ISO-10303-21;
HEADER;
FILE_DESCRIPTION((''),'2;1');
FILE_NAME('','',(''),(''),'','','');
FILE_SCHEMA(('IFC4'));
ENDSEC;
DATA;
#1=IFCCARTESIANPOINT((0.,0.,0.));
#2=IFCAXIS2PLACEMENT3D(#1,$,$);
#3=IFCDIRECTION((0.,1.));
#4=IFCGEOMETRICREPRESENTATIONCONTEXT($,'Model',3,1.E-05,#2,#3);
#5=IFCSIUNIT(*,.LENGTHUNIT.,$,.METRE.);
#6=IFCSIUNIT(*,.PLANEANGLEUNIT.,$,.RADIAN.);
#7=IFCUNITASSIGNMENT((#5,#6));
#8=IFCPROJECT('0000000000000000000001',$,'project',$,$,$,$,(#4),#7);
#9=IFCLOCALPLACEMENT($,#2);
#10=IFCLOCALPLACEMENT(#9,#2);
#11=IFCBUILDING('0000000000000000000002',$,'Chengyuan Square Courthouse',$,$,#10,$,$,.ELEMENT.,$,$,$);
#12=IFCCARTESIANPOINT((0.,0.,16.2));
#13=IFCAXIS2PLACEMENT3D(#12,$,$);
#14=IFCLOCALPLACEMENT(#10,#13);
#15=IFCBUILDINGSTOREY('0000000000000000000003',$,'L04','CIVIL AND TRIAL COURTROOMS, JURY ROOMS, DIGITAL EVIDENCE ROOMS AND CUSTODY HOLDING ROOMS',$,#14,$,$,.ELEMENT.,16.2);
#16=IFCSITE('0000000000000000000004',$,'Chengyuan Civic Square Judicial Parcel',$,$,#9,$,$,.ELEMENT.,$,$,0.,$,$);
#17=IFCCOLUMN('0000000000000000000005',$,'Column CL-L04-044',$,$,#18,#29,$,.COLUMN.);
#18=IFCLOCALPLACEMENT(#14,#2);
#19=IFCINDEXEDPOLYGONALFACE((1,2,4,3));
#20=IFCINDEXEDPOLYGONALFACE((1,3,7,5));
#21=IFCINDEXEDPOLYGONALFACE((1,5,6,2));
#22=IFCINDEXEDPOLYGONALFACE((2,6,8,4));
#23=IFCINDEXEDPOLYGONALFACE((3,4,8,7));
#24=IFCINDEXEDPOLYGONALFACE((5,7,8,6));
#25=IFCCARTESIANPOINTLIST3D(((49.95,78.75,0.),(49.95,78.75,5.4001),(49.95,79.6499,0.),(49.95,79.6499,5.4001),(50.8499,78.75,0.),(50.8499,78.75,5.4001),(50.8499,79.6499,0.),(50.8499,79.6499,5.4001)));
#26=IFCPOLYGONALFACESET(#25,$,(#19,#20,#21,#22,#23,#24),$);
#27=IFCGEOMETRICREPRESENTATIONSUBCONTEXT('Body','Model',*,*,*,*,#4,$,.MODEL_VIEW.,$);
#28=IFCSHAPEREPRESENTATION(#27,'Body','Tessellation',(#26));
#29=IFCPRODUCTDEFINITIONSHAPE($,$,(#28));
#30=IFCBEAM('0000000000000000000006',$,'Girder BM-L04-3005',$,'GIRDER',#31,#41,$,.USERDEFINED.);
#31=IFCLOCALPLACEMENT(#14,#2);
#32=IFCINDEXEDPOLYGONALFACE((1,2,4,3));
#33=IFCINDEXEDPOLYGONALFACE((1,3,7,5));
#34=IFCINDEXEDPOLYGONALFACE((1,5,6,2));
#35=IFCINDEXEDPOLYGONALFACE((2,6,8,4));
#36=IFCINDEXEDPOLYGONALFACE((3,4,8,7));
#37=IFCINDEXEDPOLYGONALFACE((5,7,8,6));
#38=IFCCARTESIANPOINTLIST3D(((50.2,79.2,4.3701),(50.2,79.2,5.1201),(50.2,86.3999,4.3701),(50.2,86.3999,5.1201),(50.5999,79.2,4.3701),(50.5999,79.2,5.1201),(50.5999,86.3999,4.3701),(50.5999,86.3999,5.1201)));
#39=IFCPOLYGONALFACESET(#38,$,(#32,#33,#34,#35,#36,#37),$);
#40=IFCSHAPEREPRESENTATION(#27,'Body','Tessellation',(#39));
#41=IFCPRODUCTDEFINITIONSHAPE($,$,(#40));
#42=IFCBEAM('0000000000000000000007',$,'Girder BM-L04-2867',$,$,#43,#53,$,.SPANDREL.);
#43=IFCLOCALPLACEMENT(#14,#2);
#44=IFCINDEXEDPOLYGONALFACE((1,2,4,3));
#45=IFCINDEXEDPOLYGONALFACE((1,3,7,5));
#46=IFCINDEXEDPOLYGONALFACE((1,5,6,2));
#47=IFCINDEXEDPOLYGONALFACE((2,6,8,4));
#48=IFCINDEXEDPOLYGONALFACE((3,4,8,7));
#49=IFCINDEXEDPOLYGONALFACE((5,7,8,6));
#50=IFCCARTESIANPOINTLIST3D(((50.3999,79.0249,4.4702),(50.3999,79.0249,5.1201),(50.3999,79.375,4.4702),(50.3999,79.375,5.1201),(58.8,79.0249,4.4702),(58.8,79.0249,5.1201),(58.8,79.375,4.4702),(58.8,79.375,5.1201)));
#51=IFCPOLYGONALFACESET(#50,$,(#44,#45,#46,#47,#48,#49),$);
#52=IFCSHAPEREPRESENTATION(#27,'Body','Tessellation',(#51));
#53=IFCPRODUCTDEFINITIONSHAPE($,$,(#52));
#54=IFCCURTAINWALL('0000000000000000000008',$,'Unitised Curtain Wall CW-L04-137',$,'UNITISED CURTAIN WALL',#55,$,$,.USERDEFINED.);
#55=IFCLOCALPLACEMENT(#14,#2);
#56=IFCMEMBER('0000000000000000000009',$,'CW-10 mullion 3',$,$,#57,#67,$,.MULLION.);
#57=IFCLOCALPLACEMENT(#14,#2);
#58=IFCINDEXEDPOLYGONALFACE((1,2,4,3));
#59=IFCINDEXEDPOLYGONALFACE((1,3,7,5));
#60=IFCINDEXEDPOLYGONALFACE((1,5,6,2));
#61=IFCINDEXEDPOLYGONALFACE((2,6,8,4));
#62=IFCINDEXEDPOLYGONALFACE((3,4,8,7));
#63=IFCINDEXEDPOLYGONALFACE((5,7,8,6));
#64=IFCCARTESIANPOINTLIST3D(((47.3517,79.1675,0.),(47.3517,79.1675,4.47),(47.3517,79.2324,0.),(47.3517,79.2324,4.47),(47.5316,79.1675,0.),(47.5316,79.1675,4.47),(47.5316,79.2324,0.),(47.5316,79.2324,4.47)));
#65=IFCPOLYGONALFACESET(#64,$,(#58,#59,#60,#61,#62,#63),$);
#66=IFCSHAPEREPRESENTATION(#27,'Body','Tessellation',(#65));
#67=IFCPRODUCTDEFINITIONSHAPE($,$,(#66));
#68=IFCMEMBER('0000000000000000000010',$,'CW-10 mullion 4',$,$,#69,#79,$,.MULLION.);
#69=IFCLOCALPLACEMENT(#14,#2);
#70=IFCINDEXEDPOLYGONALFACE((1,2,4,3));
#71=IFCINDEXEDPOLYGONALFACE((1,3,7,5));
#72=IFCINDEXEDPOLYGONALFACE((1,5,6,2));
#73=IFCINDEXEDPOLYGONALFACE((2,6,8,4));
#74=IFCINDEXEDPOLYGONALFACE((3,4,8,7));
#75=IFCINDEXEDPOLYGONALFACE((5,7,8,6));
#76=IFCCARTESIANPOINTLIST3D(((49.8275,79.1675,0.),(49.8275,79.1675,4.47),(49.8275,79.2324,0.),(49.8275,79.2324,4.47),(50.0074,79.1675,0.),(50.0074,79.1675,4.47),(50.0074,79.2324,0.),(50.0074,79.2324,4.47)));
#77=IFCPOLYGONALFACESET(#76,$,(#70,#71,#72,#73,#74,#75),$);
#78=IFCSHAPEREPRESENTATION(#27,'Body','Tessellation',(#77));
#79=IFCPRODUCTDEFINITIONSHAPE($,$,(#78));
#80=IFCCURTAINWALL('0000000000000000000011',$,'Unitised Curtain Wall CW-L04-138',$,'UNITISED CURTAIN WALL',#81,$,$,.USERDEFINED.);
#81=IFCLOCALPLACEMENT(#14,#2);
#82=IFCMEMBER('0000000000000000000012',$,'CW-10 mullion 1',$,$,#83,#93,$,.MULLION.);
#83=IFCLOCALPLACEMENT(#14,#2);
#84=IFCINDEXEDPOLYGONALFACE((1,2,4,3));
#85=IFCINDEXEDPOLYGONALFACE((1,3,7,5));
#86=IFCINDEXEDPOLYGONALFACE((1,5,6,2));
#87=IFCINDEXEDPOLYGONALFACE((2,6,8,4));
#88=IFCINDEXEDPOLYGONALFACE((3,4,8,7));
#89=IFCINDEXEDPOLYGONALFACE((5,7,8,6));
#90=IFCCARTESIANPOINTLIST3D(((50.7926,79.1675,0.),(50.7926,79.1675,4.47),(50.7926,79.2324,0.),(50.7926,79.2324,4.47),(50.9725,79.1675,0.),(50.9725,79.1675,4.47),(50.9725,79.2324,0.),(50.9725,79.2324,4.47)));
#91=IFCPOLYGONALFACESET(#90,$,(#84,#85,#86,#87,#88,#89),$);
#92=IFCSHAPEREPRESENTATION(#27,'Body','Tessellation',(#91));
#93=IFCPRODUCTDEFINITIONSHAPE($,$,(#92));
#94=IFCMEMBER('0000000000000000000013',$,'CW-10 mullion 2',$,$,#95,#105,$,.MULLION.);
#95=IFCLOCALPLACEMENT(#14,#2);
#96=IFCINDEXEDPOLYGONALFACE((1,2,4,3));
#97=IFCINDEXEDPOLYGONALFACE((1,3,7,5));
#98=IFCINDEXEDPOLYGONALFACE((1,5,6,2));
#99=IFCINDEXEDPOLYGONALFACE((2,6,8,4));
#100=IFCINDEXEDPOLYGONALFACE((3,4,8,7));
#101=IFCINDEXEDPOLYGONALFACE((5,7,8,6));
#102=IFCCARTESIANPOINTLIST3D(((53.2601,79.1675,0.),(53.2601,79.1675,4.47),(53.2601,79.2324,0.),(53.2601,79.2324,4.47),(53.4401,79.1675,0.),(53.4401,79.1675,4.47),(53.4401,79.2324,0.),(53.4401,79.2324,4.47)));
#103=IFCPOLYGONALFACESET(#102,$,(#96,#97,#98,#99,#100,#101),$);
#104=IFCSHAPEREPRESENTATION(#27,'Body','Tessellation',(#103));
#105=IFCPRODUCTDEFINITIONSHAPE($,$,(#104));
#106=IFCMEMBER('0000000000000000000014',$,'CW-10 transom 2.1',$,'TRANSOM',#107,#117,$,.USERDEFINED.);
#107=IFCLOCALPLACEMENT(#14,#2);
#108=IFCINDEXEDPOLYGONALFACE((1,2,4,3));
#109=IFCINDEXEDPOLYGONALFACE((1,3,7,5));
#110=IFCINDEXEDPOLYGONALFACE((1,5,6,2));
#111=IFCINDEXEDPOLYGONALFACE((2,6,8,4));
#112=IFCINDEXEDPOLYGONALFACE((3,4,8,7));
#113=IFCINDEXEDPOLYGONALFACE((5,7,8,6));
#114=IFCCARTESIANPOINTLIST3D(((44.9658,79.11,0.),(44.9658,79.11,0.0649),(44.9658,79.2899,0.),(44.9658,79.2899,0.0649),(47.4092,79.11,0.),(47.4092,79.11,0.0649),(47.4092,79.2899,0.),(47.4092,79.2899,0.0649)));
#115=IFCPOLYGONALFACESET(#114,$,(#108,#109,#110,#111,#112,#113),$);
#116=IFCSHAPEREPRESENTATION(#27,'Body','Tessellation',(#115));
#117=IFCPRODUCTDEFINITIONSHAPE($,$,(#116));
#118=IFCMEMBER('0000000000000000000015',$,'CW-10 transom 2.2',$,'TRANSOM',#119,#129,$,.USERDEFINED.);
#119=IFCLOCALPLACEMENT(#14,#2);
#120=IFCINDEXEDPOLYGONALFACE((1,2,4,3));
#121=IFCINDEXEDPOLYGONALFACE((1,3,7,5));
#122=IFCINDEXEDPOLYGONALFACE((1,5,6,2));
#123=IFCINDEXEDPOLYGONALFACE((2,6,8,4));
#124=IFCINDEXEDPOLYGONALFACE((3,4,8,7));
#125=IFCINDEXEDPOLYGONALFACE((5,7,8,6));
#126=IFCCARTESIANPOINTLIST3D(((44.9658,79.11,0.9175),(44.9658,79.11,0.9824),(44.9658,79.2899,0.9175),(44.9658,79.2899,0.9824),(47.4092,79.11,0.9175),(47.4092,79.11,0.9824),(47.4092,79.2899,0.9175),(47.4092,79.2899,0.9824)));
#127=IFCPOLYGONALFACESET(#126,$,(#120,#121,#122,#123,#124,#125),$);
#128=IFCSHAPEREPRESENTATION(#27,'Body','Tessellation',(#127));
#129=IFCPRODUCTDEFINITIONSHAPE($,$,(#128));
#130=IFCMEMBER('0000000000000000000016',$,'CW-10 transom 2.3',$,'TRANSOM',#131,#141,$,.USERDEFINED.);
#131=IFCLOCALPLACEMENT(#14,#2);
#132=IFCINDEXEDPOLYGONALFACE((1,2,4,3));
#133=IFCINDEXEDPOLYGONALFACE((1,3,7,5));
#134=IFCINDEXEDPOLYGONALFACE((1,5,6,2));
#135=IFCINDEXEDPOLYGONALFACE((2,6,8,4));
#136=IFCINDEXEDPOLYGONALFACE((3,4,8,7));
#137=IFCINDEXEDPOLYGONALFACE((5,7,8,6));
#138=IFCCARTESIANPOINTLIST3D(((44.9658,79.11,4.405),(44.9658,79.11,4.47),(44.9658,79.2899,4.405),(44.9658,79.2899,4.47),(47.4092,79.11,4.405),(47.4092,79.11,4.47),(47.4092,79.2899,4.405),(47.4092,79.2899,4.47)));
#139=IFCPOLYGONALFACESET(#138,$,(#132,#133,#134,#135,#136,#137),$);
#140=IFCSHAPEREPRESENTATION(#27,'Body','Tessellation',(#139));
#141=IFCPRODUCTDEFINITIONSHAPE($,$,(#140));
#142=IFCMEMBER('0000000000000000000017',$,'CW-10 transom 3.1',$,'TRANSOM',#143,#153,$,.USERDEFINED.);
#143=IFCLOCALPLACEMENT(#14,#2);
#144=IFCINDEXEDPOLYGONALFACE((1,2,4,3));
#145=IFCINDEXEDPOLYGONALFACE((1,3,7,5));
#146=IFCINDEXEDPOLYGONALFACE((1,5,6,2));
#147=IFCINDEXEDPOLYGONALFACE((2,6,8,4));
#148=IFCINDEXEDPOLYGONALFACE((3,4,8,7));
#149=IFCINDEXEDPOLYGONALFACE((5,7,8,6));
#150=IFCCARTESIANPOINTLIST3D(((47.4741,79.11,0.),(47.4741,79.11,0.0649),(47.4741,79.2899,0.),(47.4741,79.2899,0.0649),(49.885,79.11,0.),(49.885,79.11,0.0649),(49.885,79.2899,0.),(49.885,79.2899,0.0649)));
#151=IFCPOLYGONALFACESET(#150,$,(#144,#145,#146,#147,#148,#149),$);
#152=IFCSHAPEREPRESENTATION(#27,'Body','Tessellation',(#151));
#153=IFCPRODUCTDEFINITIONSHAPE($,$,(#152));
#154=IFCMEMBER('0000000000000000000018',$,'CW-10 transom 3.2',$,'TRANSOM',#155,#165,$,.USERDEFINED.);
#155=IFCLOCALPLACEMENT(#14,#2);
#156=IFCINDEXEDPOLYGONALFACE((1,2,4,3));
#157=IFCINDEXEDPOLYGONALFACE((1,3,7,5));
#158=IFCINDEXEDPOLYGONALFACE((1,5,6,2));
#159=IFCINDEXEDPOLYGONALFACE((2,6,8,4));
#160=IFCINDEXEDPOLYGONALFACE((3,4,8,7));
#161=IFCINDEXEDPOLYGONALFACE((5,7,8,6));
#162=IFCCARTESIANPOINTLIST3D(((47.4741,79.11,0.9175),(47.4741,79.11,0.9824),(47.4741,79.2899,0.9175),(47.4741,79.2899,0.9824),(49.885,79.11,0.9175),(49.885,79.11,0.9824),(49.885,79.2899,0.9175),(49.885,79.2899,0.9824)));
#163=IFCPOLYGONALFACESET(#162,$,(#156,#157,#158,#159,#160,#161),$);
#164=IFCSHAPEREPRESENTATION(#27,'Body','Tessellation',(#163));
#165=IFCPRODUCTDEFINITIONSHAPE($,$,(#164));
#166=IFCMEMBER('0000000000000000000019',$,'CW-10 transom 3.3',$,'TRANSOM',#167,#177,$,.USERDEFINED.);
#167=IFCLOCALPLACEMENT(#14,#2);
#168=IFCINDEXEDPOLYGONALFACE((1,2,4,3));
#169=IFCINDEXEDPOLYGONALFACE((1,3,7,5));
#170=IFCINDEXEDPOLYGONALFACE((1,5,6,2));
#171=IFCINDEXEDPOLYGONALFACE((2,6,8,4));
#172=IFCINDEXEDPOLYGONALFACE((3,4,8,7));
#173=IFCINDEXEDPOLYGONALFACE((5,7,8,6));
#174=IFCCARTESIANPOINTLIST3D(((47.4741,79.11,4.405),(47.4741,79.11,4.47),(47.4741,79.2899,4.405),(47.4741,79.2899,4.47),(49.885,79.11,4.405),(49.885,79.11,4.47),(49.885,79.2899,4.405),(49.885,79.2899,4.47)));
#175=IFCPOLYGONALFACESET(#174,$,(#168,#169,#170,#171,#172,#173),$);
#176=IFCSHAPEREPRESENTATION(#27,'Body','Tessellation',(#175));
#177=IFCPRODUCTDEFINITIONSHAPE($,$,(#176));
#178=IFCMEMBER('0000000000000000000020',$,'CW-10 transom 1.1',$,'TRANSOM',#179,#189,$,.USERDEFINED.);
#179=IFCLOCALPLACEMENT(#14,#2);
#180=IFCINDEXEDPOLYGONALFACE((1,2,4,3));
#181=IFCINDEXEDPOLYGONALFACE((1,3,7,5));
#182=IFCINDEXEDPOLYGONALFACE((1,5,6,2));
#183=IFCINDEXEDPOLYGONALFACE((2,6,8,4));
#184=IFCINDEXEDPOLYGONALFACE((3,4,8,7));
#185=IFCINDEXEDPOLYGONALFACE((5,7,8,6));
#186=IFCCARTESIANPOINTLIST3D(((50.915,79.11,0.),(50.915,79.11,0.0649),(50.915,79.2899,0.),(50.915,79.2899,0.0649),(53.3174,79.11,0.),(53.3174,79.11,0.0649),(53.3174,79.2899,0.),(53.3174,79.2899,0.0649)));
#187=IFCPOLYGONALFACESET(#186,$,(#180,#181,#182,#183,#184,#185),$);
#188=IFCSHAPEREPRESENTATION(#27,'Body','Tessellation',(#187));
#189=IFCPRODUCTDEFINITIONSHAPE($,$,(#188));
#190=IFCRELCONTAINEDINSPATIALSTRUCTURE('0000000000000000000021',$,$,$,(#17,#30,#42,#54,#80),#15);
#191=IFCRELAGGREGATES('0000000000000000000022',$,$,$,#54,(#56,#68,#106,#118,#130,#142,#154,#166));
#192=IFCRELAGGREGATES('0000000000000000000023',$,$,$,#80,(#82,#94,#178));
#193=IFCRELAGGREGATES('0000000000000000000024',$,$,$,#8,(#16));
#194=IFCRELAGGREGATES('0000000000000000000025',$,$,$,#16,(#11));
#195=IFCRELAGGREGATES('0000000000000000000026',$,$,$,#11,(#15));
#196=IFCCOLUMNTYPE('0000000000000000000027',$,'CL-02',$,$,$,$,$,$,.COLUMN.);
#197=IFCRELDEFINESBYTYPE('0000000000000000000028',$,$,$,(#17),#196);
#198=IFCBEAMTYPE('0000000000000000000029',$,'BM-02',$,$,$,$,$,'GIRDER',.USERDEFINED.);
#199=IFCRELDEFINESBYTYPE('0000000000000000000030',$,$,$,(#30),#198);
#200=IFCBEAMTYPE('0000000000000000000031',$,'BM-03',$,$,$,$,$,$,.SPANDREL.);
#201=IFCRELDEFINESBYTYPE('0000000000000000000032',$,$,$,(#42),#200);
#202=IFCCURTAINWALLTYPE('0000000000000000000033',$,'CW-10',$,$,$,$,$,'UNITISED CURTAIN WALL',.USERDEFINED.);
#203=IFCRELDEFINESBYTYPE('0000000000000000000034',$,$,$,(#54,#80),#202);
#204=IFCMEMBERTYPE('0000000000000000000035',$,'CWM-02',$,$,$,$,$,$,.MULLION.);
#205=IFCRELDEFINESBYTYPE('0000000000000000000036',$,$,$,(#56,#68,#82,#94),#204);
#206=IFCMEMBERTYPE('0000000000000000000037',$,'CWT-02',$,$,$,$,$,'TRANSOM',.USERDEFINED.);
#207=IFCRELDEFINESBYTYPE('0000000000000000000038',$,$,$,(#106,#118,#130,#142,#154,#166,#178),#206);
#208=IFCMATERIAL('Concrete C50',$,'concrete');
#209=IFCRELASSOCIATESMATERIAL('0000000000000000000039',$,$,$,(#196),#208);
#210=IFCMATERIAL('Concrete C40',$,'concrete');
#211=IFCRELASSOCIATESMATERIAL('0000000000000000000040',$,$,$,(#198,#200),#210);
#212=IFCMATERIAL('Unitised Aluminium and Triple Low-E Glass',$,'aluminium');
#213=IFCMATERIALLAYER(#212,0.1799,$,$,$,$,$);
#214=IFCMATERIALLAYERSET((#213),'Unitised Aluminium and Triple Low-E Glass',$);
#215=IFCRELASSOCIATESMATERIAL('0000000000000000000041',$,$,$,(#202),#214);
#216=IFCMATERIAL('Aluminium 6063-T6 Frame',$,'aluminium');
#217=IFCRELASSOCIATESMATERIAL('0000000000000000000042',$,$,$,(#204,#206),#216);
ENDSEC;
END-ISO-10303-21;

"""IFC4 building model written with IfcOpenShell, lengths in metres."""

from ifc_helpers import new_model, si_unit, direction, frame, origin, origin_2d, place, context, subcontext, project, spatial, rectangle, extrude, material, layer, layer_set, material_profile, profile_set, type_object, element, aggregate, save


model = new_model("IFC4")

# Units and contexts
model_context = context("Model", 3, precision=1e-05, world=origin(), true_north=direction((0.0, 1.0)))
body_context = subcontext(model_context, "Body", "Model", "MODEL_VIEW")
ifc_project = project(units=[si_unit("LENGTHUNIT", "METRE"), si_unit("PLANEANGLEUNIT", "RADIAN")], contexts=[model_context])

# Site, building, storey
site_placement = place(None, origin())
site = spatial("IfcSite", under=ifc_project, at=site_placement, Name="Chengyuan Civic Square Judicial Parcel", CompositionType="ELEMENT", RefElevation=0.0)
building_placement = place(site_placement, origin())
building = spatial("IfcBuilding", under=site, at=building_placement, Name="Chengyuan Square Courthouse", CompositionType="ELEMENT")
storey_placement = place(building_placement, frame((0.0, 0.0, 16.2)))
storey = spatial("IfcBuildingStorey", under=building, at=storey_placement, Name="L04", Description="CIVIL AND TRIAL COURTROOMS, JURY ROOMS, DIGITAL EVIDENCE ROOMS AND CUSTODY HOLDING ROOMS", CompositionType="ELEMENT", Elevation=16.2)

# Column
ifc_material_1 = material(Name="Concrete C50", Category="concrete")
ifc_material_profile_1 = material_profile(ifc_material_1, rectangle(XDim=0.8999, YDim=0.8999, at=origin_2d()), Name="RC-COL-900x900")
ifc_profile_set_1 = profile_set([ifc_material_profile_1], Name="Concrete C50")
column_type = type_object("IfcColumnType", Name="CL-02", PredefinedType="COLUMN", material=ifc_profile_set_1)
column_placement = place(storey_placement, frame((50.3999, 79.2, 0.0), z_axis=(0.0, 0.0, 1.0), x_axis=(1.0, 0.0, 0.0)))
element("IfcColumn", 1, at=column_placement, inside=storey, type_object=column_type, Name="Column CL-L04-044", PredefinedType="COLUMN", context=body_context, shape_type="SweptSolid", body=[
    extrude(rectangle(XDim=0.8999, YDim=0.8999, at=origin_2d()), origin(), (0.0, 0.0, 1.0), 5.4001),
])

# Beams
ifc_material_2 = material(Name="Concrete C40", Category="concrete")
ifc_material_profile_2 = material_profile(ifc_material_2, rectangle(XDim=0.3999, YDim=0.75, at=origin_2d()), Name="RC-BM-400x750")
ifc_profile_set_2 = profile_set([ifc_material_profile_2], Name="Concrete C40")
beam_type_1 = type_object("IfcBeamType", Name="BM-02", ElementType="GIRDER", PredefinedType="USERDEFINED", material=ifc_profile_set_2)
beam_1_placement = place(storey_placement, frame((50.3999, 79.2, 4.7451), z_axis=(0.0, 1.0, 0.0), x_axis=(-1.0, 0.0, 0.0)))
element("IfcBeam", 2, at=beam_1_placement, inside=storey, type_object=beam_type_1, Name="Girder BM-L04-3005", ObjectType="GIRDER", PredefinedType="USERDEFINED", context=body_context, shape_type="SweptSolid", body=[
    extrude(rectangle(XDim=0.3999, YDim=0.75, at=origin_2d()), origin(), (0.0, 0.0, 1.0), 7.2),
])
ifc_material_profile_3 = material_profile(ifc_material_2, rectangle(XDim=0.3501, YDim=0.6499, at=origin_2d()), Name="RC-BM-350x650")
ifc_profile_set_3 = profile_set([ifc_material_profile_3], Name="Concrete C40")
beam_type_2 = type_object("IfcBeamType", Name="BM-03", PredefinedType="SPANDREL", material=ifc_profile_set_3)
beam_2_placement = place(storey_placement, frame((50.3999, 79.2, 4.7952), z_axis=(1.0, 0.0, 0.0), x_axis=(0.0, 1.0, 0.0)))
element("IfcBeam", 3, at=beam_2_placement, inside=storey, type_object=beam_type_2, Name="Girder BM-L04-2867", PredefinedType="SPANDREL", context=body_context, shape_type="SweptSolid", body=[
    extrude(rectangle(XDim=0.3501, YDim=0.6499, at=origin_2d()), origin(), (0.0, 0.0, 1.0), 8.4001),
])

# Curtain walls, members
ifc_material_3 = material(Name="Unitised Aluminium and Triple Low-E Glass", Category="aluminium")
ifc_layer_1 = layer(ifc_material_3, 0.1799)
ifc_layer_set_1 = layer_set([ifc_layer_1], Name="Unitised Aluminium and Triple Low-E Glass")
curtain_wall_type = type_object("IfcCurtainWallType", Name="CW-10", ElementType="UNITISED CURTAIN WALL", PredefinedType="USERDEFINED", material=ifc_layer_set_1)
curtain_wall_1_placement = place(storey_placement, origin())
curtain_wall_1 = element("IfcCurtainWall", 4, at=curtain_wall_1_placement, inside=storey, type_object=curtain_wall_type, Name="Unitised Curtain Wall CW-L04-137", ObjectType="UNITISED CURTAIN WALL", PredefinedType="USERDEFINED")
ifc_material_4 = material(Name="Aluminium 6063-T6 Frame", Category="aluminium")
ifc_material_profile_4 = material_profile(ifc_material_4, rectangle(XDim=0.0649, YDim=0.1799, at=origin_2d()), Name="CW-MUL-65x180")
ifc_profile_set_4 = profile_set([ifc_material_profile_4], Name="Aluminium 6063-T6 Frame")
member_type_1 = type_object("IfcMemberType", Name="CWM-02", PredefinedType="MULLION", material=ifc_profile_set_4)
member_1_placement = place(storey_placement, frame((47.4417, 79.2, 0.0), z_axis=(0.0, 0.0, 1.0), x_axis=(0.0, 1.0, 0.0)))
member_1 = element("IfcMember", 5, at=member_1_placement, type_object=member_type_1, Name="CW-10 mullion 3", PredefinedType="MULLION", context=body_context, shape_type="SweptSolid", body=[
    extrude(rectangle(XDim=0.0649, YDim=0.1799, at=origin_2d()), origin(), (0.0, 0.0, 1.0), 4.47),
])
member_2_placement = place(storey_placement, frame((49.9175, 79.2, 0.0), z_axis=(0.0, 0.0, 1.0), x_axis=(0.0, 1.0, 0.0)))
member_2 = element("IfcMember", 6, at=member_2_placement, type_object=member_type_1, Name="CW-10 mullion 4", PredefinedType="MULLION", context=body_context, shape_type="SweptSolid", body=[
    extrude(rectangle(XDim=0.0649, YDim=0.1799, at=origin_2d()), origin(), (0.0, 0.0, 1.0), 4.47),
])
curtain_wall_2_placement = place(storey_placement, origin())
curtain_wall_2 = element("IfcCurtainWall", 7, at=curtain_wall_2_placement, inside=storey, type_object=curtain_wall_type, Name="Unitised Curtain Wall CW-L04-138", ObjectType="UNITISED CURTAIN WALL", PredefinedType="USERDEFINED")
member_3_placement = place(storey_placement, frame((50.8826, 79.2, 0.0), z_axis=(0.0, 0.0, 1.0), x_axis=(0.0, 1.0, 0.0)))
member_3 = element("IfcMember", 8, at=member_3_placement, type_object=member_type_1, Name="CW-10 mullion 1", PredefinedType="MULLION", context=body_context, shape_type="SweptSolid", body=[
    extrude(rectangle(XDim=0.0649, YDim=0.1799, at=origin_2d()), origin(), (0.0, 0.0, 1.0), 4.47),
])
member_4_placement = place(storey_placement, frame((53.3501, 79.2, 0.0), z_axis=(0.0, 0.0, 1.0), x_axis=(0.0, 1.0, 0.0)))
member_4 = element("IfcMember", 9, at=member_4_placement, type_object=member_type_1, Name="CW-10 mullion 2", PredefinedType="MULLION", context=body_context, shape_type="SweptSolid", body=[
    extrude(rectangle(XDim=0.0649, YDim=0.1799, at=origin_2d()), origin(), (0.0, 0.0, 1.0), 4.47),
])

# Members
ifc_material_profile_5 = material_profile(ifc_material_4, rectangle(XDim=0.1799, YDim=0.0649, at=origin_2d()), Name="CW-TRN-65x140")
ifc_profile_set_5 = profile_set([ifc_material_profile_5], Name="Aluminium 6063-T6 Frame")
member_type_2 = type_object("IfcMemberType", Name="CWT-02", ElementType="TRANSOM", PredefinedType="USERDEFINED", material=ifc_profile_set_5)
member_5_placement = place(storey_placement, frame((44.9658, 79.2, 0.0325), z_axis=(1.0, 0.0, 0.0), x_axis=(0.0, 1.0, 0.0)))
member_5 = element("IfcMember", 10, at=member_5_placement, type_object=member_type_2, Name="CW-10 transom 2.1", ObjectType="TRANSOM", PredefinedType="USERDEFINED", context=body_context, shape_type="SweptSolid", body=[
    extrude(rectangle(XDim=0.1799, YDim=0.0649, at=origin_2d()), origin(), (0.0, 0.0, 1.0), 2.4434),
])
member_6_placement = place(storey_placement, frame((44.9658, 79.2, 0.95), z_axis=(1.0, 0.0, 0.0), x_axis=(0.0, 1.0, 0.0)))
member_6 = element("IfcMember", 11, at=member_6_placement, type_object=member_type_2, Name="CW-10 transom 2.2", ObjectType="TRANSOM", PredefinedType="USERDEFINED", context=body_context, shape_type="SweptSolid", body=[
    extrude(rectangle(XDim=0.1799, YDim=0.0649, at=origin_2d()), origin(), (0.0, 0.0, 1.0), 2.4434),
])
member_7_placement = place(storey_placement, frame((44.9658, 79.2, 4.4375), z_axis=(1.0, 0.0, 0.0), x_axis=(0.0, 1.0, 0.0)))
member_7 = element("IfcMember", 12, at=member_7_placement, type_object=member_type_2, Name="CW-10 transom 2.3", ObjectType="TRANSOM", PredefinedType="USERDEFINED", context=body_context, shape_type="SweptSolid", body=[
    extrude(rectangle(XDim=0.1799, YDim=0.0649, at=origin_2d()), origin(), (0.0, 0.0, 1.0), 2.4434),
])
member_8_placement = place(storey_placement, frame((47.4741, 79.2, 0.0325), z_axis=(1.0, 0.0, 0.0), x_axis=(0.0, 1.0, 0.0)))
member_8 = element("IfcMember", 13, at=member_8_placement, type_object=member_type_2, Name="CW-10 transom 3.1", ObjectType="TRANSOM", PredefinedType="USERDEFINED", context=body_context, shape_type="SweptSolid", body=[
    extrude(rectangle(XDim=0.1799, YDim=0.0649, at=origin_2d()), origin(), (0.0, 0.0, 1.0), 2.4109),
])
member_9_placement = place(storey_placement, frame((47.4741, 79.2, 0.95), z_axis=(1.0, 0.0, 0.0), x_axis=(0.0, 1.0, 0.0)))
member_9 = element("IfcMember", 14, at=member_9_placement, type_object=member_type_2, Name="CW-10 transom 3.2", ObjectType="TRANSOM", PredefinedType="USERDEFINED", context=body_context, shape_type="SweptSolid", body=[
    extrude(rectangle(XDim=0.1799, YDim=0.0649, at=origin_2d()), origin(), (0.0, 0.0, 1.0), 2.4109),
])
member_10_placement = place(storey_placement, frame((47.4741, 79.2, 4.4375), z_axis=(1.0, 0.0, 0.0), x_axis=(0.0, 1.0, 0.0)))
member_10 = element("IfcMember", 15, at=member_10_placement, type_object=member_type_2, Name="CW-10 transom 3.3", ObjectType="TRANSOM", PredefinedType="USERDEFINED", context=body_context, shape_type="SweptSolid", body=[
    extrude(rectangle(XDim=0.1799, YDim=0.0649, at=origin_2d()), origin(), (0.0, 0.0, 1.0), 2.4109),
])
member_11_placement = place(storey_placement, frame((50.915, 79.2, 0.0325), z_axis=(1.0, 0.0, 0.0), x_axis=(0.0, 1.0, 0.0)))
member_11 = element("IfcMember", 16, at=member_11_placement, type_object=member_type_2, Name="CW-10 transom 1.1", ObjectType="TRANSOM", PredefinedType="USERDEFINED", context=body_context, shape_type="SweptSolid", body=[
    extrude(rectangle(XDim=0.1799, YDim=0.0649, at=origin_2d()), origin(), (0.0, 0.0, 1.0), 2.4023),
])

aggregate(curtain_wall_1, [member_1, member_2, member_5, member_6, member_7, member_8, member_9, member_10])
aggregate(curtain_wall_2, [member_3, member_4, member_11])

save(model, "model.ifc")
